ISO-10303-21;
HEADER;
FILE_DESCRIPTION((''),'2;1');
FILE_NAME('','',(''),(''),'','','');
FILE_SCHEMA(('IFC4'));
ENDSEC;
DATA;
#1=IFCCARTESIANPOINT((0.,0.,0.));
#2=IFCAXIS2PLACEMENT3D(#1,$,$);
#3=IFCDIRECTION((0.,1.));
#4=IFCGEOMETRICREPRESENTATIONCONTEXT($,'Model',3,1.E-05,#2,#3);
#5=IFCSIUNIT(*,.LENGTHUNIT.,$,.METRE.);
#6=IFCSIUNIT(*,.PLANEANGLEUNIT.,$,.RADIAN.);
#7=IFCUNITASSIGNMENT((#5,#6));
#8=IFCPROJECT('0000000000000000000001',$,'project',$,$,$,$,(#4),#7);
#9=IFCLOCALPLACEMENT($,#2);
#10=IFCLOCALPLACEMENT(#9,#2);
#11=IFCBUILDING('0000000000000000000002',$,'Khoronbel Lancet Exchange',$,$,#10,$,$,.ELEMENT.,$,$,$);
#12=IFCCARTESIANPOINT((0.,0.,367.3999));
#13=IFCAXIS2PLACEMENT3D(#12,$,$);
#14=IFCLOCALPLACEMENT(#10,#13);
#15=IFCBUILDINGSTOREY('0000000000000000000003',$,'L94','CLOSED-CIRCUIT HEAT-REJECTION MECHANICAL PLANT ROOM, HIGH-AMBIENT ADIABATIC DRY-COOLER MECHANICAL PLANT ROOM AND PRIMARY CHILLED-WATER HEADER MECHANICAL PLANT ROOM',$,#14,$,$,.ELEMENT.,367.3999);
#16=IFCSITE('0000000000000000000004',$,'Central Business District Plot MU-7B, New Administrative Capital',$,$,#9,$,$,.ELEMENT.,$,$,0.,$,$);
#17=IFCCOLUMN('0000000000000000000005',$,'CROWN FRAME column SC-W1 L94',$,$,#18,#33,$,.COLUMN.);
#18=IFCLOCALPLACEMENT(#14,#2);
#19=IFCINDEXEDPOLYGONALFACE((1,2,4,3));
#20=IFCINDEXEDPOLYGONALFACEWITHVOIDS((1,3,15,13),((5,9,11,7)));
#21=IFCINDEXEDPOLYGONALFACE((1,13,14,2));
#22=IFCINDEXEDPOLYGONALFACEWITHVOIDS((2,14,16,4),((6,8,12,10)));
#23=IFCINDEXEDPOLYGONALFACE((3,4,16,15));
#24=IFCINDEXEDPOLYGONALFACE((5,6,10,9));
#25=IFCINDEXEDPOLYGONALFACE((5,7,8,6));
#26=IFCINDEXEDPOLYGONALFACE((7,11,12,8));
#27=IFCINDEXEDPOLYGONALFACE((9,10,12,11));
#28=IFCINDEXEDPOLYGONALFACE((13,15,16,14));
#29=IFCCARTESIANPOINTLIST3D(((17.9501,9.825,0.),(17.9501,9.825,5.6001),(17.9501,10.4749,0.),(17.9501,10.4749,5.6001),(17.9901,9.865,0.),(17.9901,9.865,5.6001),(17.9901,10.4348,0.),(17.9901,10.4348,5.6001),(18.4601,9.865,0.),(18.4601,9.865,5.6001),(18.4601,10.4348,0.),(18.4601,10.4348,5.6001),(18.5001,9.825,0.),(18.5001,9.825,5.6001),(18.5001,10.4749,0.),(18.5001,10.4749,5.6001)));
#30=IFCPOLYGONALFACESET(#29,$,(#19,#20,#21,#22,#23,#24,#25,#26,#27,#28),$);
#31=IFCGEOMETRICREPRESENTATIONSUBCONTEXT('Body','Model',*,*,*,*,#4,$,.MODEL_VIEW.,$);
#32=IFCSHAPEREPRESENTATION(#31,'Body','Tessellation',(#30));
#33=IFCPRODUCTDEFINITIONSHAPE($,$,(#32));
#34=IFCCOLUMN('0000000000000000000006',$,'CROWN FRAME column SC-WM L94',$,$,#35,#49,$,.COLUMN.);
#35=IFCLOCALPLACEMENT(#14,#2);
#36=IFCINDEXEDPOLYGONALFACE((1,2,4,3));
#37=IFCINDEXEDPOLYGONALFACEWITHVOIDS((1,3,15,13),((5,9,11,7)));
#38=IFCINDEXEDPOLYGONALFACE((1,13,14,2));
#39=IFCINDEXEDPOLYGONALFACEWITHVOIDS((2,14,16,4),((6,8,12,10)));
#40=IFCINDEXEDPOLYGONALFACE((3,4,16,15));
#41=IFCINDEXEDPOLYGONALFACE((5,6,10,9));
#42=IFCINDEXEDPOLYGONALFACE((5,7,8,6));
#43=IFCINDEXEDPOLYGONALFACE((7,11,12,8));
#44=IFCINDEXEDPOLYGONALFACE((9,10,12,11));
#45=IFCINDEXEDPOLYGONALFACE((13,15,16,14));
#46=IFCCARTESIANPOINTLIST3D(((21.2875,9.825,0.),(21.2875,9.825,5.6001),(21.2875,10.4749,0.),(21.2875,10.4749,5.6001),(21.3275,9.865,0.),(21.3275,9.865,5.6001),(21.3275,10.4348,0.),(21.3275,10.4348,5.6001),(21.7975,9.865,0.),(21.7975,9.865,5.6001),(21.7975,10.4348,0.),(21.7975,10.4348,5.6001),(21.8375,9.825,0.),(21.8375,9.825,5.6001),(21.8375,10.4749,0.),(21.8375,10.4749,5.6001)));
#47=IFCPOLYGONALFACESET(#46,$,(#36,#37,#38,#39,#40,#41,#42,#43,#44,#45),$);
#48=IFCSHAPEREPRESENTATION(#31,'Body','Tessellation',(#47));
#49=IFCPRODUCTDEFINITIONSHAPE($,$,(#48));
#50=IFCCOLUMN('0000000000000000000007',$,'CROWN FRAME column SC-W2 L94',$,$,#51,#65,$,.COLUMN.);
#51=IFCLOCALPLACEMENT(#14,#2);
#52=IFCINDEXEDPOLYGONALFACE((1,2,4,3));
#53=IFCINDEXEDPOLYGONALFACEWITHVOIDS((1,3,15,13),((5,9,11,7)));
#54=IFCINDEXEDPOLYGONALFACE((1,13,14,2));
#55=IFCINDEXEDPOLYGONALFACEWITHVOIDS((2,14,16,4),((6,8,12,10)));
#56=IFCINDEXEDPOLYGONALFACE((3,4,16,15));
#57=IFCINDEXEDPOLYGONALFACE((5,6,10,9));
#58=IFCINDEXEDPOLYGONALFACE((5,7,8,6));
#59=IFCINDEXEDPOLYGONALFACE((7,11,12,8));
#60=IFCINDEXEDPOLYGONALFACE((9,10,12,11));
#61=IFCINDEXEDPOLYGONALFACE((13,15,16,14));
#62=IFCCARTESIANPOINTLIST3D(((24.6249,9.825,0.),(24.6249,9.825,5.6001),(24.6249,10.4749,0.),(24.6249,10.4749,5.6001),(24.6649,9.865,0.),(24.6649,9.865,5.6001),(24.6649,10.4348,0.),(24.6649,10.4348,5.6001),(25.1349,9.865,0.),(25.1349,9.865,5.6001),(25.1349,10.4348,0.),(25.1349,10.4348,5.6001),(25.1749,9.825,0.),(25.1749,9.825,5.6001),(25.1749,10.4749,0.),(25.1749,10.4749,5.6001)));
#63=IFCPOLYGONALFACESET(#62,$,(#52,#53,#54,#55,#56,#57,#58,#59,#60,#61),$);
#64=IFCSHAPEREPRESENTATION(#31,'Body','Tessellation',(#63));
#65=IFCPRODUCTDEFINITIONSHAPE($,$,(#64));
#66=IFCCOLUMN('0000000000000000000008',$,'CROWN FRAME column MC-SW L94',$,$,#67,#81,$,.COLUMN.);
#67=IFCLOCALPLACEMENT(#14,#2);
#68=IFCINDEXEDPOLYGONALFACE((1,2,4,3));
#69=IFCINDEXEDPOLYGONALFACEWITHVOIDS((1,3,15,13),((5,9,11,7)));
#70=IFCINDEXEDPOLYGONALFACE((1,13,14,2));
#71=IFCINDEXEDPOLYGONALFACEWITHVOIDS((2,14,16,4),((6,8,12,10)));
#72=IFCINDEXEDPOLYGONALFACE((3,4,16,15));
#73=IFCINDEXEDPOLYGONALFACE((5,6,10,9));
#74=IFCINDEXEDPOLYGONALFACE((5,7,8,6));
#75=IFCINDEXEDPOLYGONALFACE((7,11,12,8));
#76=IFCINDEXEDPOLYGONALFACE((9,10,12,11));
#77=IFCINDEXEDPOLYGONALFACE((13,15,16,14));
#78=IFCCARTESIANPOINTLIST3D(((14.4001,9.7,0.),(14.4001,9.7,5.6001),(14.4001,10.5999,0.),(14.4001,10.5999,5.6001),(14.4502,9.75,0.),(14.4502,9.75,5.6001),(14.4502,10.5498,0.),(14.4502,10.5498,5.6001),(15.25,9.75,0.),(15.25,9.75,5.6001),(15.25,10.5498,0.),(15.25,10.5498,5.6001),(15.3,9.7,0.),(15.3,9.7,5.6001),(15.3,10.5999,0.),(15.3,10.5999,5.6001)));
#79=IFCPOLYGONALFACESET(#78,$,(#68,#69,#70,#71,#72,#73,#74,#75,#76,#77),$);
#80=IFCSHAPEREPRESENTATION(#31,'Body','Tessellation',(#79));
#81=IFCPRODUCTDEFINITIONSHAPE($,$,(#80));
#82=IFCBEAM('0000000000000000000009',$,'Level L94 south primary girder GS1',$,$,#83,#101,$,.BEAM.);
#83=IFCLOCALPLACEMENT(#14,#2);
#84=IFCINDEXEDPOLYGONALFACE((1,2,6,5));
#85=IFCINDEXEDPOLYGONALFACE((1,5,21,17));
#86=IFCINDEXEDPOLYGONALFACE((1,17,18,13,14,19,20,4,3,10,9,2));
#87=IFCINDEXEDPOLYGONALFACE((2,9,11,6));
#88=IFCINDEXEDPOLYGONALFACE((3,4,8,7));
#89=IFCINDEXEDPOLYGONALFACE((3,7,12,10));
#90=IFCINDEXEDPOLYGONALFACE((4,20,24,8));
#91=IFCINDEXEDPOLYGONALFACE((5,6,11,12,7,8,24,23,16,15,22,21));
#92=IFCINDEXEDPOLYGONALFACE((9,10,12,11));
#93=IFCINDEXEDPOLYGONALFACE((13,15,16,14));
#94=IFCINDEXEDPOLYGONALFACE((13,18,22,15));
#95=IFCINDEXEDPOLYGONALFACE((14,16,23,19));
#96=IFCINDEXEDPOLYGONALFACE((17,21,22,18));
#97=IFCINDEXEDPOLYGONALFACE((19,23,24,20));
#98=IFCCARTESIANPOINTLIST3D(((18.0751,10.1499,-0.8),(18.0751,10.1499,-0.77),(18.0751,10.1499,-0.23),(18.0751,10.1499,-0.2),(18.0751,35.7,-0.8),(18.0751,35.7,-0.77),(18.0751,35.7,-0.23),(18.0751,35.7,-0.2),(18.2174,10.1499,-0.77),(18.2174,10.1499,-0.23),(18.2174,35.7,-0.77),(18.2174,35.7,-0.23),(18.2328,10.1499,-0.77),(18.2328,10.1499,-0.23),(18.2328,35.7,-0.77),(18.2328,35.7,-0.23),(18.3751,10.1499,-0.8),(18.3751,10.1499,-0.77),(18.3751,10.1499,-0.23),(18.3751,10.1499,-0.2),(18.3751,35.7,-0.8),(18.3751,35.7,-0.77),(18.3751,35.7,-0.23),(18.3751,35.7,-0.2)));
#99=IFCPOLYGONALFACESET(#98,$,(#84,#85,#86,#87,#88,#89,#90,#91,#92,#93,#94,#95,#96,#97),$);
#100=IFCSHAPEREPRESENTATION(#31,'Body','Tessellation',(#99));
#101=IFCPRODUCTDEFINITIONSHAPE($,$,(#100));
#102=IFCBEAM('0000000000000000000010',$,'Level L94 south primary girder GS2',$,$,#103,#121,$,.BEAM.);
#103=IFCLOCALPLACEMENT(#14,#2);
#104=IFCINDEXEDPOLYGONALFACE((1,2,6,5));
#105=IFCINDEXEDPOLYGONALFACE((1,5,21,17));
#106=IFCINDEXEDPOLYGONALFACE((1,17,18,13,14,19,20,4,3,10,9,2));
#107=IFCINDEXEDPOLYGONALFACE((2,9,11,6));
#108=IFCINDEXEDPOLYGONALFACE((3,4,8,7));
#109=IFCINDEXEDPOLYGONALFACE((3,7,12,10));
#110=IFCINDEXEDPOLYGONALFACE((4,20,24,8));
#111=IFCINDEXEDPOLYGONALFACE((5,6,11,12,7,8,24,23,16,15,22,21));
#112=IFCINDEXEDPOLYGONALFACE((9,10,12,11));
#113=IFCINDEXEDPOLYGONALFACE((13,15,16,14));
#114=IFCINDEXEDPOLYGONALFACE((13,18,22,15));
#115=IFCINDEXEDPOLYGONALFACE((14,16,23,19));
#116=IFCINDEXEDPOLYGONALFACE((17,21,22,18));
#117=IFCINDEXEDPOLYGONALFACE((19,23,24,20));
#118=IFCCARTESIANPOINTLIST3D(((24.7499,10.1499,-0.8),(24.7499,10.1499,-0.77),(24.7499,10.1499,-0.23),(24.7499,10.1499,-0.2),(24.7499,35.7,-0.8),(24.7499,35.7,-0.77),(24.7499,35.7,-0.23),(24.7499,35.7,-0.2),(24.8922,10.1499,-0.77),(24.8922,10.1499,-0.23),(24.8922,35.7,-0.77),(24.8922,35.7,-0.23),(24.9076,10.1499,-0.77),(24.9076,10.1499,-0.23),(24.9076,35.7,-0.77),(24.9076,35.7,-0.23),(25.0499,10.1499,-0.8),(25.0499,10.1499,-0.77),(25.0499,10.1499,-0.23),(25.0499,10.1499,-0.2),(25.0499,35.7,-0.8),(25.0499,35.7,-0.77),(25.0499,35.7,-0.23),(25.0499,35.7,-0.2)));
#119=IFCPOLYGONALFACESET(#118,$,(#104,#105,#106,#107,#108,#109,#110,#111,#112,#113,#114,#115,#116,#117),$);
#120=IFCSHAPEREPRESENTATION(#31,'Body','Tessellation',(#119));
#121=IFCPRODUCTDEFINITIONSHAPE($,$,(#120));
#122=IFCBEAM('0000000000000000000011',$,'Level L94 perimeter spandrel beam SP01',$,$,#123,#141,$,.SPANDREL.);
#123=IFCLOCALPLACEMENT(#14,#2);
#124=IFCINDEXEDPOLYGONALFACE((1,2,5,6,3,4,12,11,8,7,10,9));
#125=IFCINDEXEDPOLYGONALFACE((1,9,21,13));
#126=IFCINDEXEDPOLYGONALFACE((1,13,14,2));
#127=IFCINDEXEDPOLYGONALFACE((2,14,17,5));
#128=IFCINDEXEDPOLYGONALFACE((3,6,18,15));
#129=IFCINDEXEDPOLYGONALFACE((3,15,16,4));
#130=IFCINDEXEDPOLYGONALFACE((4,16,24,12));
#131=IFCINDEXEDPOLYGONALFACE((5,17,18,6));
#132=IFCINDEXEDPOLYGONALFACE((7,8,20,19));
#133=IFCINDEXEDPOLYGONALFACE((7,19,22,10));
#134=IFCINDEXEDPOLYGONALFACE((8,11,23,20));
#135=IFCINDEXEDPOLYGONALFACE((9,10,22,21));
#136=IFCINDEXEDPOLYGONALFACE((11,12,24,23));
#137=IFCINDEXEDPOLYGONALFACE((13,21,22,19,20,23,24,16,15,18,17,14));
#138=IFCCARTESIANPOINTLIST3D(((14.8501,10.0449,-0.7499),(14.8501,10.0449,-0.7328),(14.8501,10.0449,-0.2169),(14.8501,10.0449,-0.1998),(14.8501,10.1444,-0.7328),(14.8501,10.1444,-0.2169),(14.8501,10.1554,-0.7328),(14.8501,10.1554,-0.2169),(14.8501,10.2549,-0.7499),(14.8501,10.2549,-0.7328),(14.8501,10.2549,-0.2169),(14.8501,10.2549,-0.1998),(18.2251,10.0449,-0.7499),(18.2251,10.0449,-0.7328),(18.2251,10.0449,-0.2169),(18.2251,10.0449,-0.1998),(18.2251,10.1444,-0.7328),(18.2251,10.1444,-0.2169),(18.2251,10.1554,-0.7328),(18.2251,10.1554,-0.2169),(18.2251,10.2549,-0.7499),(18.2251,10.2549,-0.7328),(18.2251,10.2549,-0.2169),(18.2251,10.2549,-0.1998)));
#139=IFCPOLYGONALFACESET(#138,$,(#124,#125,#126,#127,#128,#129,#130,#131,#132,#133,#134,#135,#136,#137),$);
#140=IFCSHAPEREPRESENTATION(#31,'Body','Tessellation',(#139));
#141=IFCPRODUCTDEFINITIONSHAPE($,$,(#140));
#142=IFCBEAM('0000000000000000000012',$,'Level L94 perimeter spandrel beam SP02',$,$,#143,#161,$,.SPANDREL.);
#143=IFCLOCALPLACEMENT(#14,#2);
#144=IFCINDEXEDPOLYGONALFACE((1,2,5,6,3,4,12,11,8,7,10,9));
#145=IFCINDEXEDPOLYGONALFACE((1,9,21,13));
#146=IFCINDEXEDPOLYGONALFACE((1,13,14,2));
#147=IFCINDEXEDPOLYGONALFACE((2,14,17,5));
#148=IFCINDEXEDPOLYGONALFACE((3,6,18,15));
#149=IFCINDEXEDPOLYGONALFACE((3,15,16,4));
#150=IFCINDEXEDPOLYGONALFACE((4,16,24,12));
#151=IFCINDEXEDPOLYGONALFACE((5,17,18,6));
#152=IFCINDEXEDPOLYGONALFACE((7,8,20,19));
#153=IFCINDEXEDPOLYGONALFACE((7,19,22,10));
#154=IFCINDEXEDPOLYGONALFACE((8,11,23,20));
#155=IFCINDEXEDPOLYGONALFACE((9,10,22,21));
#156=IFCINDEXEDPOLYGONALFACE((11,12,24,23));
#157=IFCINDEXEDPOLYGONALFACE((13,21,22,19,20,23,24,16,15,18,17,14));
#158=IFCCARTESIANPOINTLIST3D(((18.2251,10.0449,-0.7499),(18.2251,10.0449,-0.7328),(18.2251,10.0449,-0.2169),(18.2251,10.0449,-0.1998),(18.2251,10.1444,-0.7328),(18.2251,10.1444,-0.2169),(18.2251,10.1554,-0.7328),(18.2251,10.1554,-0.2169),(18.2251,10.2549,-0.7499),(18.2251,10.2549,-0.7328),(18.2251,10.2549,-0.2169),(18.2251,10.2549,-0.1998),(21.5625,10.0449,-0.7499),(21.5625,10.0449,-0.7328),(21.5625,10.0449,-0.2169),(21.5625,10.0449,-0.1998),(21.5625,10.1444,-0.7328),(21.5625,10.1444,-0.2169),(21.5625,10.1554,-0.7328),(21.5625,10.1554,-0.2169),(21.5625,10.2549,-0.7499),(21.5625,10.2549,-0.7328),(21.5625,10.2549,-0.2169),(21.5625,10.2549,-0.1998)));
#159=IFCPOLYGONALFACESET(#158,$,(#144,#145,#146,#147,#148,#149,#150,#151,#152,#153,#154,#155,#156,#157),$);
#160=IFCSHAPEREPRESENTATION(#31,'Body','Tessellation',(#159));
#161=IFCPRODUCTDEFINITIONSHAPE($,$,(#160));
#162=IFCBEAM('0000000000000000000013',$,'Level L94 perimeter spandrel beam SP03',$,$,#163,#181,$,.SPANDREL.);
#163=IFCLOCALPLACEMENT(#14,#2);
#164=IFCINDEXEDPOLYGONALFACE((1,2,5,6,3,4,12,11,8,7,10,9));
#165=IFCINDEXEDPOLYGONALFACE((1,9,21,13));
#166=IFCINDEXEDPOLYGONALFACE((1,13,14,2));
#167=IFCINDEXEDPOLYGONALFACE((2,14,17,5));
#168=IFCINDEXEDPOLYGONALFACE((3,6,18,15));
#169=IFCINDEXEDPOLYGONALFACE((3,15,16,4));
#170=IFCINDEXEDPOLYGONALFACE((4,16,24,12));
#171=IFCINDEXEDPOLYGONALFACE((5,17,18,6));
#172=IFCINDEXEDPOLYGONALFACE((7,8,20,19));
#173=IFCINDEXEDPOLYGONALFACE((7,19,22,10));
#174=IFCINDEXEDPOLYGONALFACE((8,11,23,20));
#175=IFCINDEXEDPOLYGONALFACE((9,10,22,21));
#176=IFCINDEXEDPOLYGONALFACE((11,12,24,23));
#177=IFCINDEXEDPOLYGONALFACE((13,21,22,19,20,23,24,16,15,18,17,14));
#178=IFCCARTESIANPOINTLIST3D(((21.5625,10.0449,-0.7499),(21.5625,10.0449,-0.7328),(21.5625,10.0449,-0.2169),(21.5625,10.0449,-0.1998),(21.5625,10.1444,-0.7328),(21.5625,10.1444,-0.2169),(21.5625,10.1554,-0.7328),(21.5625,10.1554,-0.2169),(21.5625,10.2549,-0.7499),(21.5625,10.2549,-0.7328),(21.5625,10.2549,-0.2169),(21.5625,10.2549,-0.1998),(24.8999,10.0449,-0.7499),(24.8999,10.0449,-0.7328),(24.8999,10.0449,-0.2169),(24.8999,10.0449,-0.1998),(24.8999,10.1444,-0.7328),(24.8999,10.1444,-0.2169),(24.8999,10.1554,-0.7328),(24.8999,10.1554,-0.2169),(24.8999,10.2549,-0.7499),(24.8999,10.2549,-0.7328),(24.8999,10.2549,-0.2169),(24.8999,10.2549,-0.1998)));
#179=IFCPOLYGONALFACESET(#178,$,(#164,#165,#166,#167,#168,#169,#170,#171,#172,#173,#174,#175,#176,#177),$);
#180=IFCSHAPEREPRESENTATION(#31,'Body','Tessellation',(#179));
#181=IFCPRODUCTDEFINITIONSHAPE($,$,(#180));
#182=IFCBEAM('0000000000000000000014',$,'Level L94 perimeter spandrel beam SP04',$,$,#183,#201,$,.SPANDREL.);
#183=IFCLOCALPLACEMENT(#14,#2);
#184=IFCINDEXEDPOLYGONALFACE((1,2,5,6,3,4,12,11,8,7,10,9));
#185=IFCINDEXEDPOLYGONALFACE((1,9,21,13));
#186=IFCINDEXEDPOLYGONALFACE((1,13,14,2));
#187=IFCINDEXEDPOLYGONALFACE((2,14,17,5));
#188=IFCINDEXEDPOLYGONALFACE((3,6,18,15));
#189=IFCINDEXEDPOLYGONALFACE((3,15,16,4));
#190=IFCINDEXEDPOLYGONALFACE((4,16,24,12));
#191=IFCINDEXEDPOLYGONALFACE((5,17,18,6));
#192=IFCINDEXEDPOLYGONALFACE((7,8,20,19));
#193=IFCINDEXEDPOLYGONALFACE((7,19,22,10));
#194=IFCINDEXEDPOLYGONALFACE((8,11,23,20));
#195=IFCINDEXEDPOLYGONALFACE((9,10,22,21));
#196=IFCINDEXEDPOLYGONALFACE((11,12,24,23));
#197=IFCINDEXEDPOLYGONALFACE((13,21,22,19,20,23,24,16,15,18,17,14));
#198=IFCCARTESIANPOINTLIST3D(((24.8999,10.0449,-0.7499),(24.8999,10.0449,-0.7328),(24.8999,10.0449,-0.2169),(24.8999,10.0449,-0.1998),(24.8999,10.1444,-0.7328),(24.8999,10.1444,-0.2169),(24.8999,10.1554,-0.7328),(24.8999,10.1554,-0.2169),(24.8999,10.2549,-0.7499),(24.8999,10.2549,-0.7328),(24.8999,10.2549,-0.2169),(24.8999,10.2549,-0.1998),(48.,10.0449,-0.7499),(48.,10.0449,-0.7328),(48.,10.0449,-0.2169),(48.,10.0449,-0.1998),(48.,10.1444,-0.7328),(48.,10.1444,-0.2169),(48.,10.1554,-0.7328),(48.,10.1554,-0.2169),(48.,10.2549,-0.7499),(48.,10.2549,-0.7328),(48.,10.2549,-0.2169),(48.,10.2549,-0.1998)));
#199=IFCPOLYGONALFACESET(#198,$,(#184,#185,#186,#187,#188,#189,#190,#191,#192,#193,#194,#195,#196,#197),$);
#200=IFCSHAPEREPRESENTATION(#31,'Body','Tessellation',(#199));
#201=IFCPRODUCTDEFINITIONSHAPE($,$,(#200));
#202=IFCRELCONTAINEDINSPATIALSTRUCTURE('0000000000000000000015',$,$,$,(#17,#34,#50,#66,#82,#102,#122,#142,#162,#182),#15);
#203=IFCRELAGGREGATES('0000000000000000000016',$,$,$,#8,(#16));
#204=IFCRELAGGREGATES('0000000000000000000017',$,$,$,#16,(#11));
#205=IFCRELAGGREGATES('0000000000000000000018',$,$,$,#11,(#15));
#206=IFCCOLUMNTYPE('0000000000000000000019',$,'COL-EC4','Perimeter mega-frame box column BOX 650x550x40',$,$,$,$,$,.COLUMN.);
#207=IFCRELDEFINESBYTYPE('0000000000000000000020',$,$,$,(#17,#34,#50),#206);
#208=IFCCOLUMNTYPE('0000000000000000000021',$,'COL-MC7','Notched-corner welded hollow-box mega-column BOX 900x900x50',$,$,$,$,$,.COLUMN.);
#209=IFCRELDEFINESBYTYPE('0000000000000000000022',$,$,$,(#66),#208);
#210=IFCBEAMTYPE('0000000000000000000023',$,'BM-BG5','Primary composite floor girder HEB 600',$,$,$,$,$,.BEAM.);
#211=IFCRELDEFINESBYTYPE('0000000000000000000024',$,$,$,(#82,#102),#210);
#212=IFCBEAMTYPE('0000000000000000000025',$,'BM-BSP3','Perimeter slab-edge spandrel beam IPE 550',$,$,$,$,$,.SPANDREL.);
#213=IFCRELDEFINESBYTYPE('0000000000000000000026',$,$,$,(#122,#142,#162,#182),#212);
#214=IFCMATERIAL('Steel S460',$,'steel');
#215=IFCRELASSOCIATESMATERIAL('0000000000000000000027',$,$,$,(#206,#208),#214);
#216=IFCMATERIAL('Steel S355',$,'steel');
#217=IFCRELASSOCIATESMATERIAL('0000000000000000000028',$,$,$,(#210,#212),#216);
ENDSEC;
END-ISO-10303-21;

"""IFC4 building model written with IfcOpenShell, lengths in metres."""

from ifc_helpers import new_model, si_unit, direction, frame, origin, origin_2d, place, context, subcontext, project, spatial, hollow_rectangle, i_section, extrude, material, material_profile, profile_set, type_object, element, save


model = new_model("IFC4")

# Units and contexts
model_context = context("Model", 3, precision=1e-05, world=origin(), true_north=direction((0.0, 1.0)))
body_context = subcontext(model_context, "Body", "Model", "MODEL_VIEW")
ifc_project = project(units=[si_unit("LENGTHUNIT", "METRE"), si_unit("PLANEANGLEUNIT", "RADIAN")], contexts=[model_context])

# Site, building, storey
site_placement = place(None, origin())
site = spatial("IfcSite", under=ifc_project, at=site_placement, Name="Central Business District Plot MU-7B, New Administrative Capital", CompositionType="ELEMENT", RefElevation=0.0)
building_placement = place(site_placement, origin())
building = spatial("IfcBuilding", under=site, at=building_placement, Name="Khoronbel Lancet Exchange", CompositionType="ELEMENT")
storey_placement = place(building_placement, frame((0.0, 0.0, 367.3999)))
storey = spatial("IfcBuildingStorey", under=building, at=storey_placement, Name="L94", Description="CLOSED-CIRCUIT HEAT-REJECTION MECHANICAL PLANT ROOM, HIGH-AMBIENT ADIABATIC DRY-COOLER MECHANICAL PLANT ROOM AND PRIMARY CHILLED-WATER HEADER MECHANICAL PLANT ROOM", CompositionType="ELEMENT", Elevation=367.3999)

# Columns
ifc_material_1 = material(Name="Steel S460", Category="steel")
ifc_material_profile_1 = material_profile(ifc_material_1, hollow_rectangle(XDim=0.55, YDim=0.6499, WallThickness=0.04, at=origin_2d()), Name="BOX 650x550x40")
ifc_profile_set_1 = profile_set([ifc_material_profile_1], Name="Steel S460")
column_type_1 = type_object("IfcColumnType", Name="COL-EC4", Description="Perimeter mega-frame box column BOX 650x550x40", PredefinedType="COLUMN", material=ifc_profile_set_1)
for number, where, z_axis, x_axis, name in (
    (1, (18.2251, 10.1499, 0.0), (0.0, 0.0, 1.0), (1.0, 0.0, 0.0), "CROWN FRAME column SC-W1 L94"),
    (2, (21.5625, 10.1499, 0.0), (0.0, 0.0, 1.0), (1.0, 0.0, 0.0), "CROWN FRAME column SC-WM L94"),
    (3, (24.8999, 10.1499, 0.0), (0.0, 0.0, 1.0), (1.0, 0.0, 0.0), "CROWN FRAME column SC-W2 L94"),
):
    element("IfcColumn", number, at=place(storey_placement, frame(where, z_axis=z_axis, x_axis=x_axis)), inside=storey, type_object=column_type_1, Name=name, PredefinedType="COLUMN", context=body_context, shape_type="SweptSolid", body=[
        extrude(hollow_rectangle(XDim=0.55, YDim=0.6499, WallThickness=0.04, at=origin_2d()), origin(), (0.0, 0.0, 1.0), 5.6001),
    ])
ifc_material_profile_2 = material_profile(ifc_material_1, hollow_rectangle(XDim=0.8999, YDim=0.8999, WallThickness=0.05, at=origin_2d()), Name="BOX 900x900x50")
ifc_profile_set_2 = profile_set([ifc_material_profile_2], Name="Steel S460")
column_type_2 = type_object("IfcColumnType", Name="COL-MC7", Description="Notched-corner welded hollow-box mega-column BOX 900x900x50", PredefinedType="COLUMN", material=ifc_profile_set_2)
column_placement = place(storey_placement, frame((14.8501, 10.1499, 0.0), z_axis=(0.0, 0.0, 1.0), x_axis=(1.0, 0.0, 0.0)))
element("IfcColumn", 4, at=column_placement, inside=storey, type_object=column_type_2, Name="CROWN FRAME column MC-SW L94", PredefinedType="COLUMN", context=body_context, shape_type="SweptSolid", body=[
    extrude(hollow_rectangle(XDim=0.8999, YDim=0.8999, WallThickness=0.05, at=origin_2d()), origin(), (0.0, 0.0, 1.0), 5.6001),
])

# Beams
ifc_material_2 = material(Name="Steel S355", Category="steel")
ifc_material_profile_3 = material_profile(ifc_material_2, i_section(OverallWidth=0.3, OverallDepth=0.6001, WebThickness=0.0154, FlangeThickness=0.03, at=origin_2d()), Name="HEB 600")
ifc_profile_set_3 = profile_set([ifc_material_profile_3], Name="Steel S355")
beam_type_1 = type_object("IfcBeamType", Name="BM-BG5", Description="Primary composite floor girder HEB 600", PredefinedType="BEAM", material=ifc_profile_set_3)
for number, where, z_axis, x_axis, name in (
    (5, (18.2251, 10.1499, -0.5), (0.0, 1.0, 0.0), (-1.0, 0.0, 0.0), "Level L94 south primary girder GS1"),
    (6, (24.8999, 10.1499, -0.5), (0.0, 1.0, 0.0), (-1.0, 0.0, 0.0), "Level L94 south primary girder GS2"),
):
    element("IfcBeam", number, at=place(storey_placement, frame(where, z_axis=z_axis, x_axis=x_axis)), inside=storey, type_object=beam_type_1, Name=name, PredefinedType="BEAM", context=body_context, shape_type="SweptSolid", body=[
        extrude(i_section(OverallWidth=0.3, OverallDepth=0.6001, WebThickness=0.0154, FlangeThickness=0.03, at=origin_2d()), origin(), (0.0, 0.0, 1.0), 25.55),
    ])
ifc_material_profile_4 = material_profile(ifc_material_2, i_section(OverallWidth=0.21, OverallDepth=0.55, WebThickness=0.011, FlangeThickness=0.0171, at=origin_2d()), Name="IPE 550")
ifc_profile_set_4 = profile_set([ifc_material_profile_4], Name="Steel S355")
beam_type_2 = type_object("IfcBeamType", Name="BM-BSP3", Description="Perimeter slab-edge spandrel beam IPE 550", PredefinedType="SPANDREL", material=ifc_profile_set_4)
beam_1_placement = place(storey_placement, frame((14.8501, 10.1499, -0.4749), z_axis=(1.0, 0.0, 0.0), x_axis=(0.0, 1.0, 0.0)))
element("IfcBeam", 7, at=beam_1_placement, inside=storey, type_object=beam_type_2, Name="Level L94 perimeter spandrel beam SP01", PredefinedType="SPANDREL", context=body_context, shape_type="SweptSolid", body=[
    extrude(i_section(OverallWidth=0.21, OverallDepth=0.55, WebThickness=0.011, FlangeThickness=0.0171, at=origin_2d()), origin(), (0.0, 0.0, 1.0), 3.375),
])
for number, where, z_axis, x_axis, name in (
    (8, (18.2251, 10.1499, -0.4749), (1.0, 0.0, 0.0), (0.0, 1.0, 0.0), "Level L94 perimeter spandrel beam SP02"),
    (9, (21.5625, 10.1499, -0.4749), (1.0, 0.0, 0.0), (0.0, 1.0, 0.0), "Level L94 perimeter spandrel beam SP03"),
):
    element("IfcBeam", number, at=place(storey_placement, frame(where, z_axis=z_axis, x_axis=x_axis)), inside=storey, type_object=beam_type_2, Name=name, PredefinedType="SPANDREL", context=body_context, shape_type="SweptSolid", body=[
        extrude(i_section(OverallWidth=0.21, OverallDepth=0.55, WebThickness=0.011, FlangeThickness=0.0171, at=origin_2d()), origin(), (0.0, 0.0, 1.0), 3.3374),
    ])
beam_2_placement = place(storey_placement, frame((24.8999, 10.1499, -0.4749), z_axis=(1.0, 0.0, 0.0), x_axis=(0.0, 1.0, 0.0)))
element("IfcBeam", 10, at=beam_2_placement, inside=storey, type_object=beam_type_2, Name="Level L94 perimeter spandrel beam SP04", PredefinedType="SPANDREL", context=body_context, shape_type="SweptSolid", body=[
    extrude(i_section(OverallWidth=0.21, OverallDepth=0.55, WebThickness=0.011, FlangeThickness=0.0171, at=origin_2d()), origin(), (0.0, 0.0, 1.0), 23.1001),
])

save(model, "model.ifc")
